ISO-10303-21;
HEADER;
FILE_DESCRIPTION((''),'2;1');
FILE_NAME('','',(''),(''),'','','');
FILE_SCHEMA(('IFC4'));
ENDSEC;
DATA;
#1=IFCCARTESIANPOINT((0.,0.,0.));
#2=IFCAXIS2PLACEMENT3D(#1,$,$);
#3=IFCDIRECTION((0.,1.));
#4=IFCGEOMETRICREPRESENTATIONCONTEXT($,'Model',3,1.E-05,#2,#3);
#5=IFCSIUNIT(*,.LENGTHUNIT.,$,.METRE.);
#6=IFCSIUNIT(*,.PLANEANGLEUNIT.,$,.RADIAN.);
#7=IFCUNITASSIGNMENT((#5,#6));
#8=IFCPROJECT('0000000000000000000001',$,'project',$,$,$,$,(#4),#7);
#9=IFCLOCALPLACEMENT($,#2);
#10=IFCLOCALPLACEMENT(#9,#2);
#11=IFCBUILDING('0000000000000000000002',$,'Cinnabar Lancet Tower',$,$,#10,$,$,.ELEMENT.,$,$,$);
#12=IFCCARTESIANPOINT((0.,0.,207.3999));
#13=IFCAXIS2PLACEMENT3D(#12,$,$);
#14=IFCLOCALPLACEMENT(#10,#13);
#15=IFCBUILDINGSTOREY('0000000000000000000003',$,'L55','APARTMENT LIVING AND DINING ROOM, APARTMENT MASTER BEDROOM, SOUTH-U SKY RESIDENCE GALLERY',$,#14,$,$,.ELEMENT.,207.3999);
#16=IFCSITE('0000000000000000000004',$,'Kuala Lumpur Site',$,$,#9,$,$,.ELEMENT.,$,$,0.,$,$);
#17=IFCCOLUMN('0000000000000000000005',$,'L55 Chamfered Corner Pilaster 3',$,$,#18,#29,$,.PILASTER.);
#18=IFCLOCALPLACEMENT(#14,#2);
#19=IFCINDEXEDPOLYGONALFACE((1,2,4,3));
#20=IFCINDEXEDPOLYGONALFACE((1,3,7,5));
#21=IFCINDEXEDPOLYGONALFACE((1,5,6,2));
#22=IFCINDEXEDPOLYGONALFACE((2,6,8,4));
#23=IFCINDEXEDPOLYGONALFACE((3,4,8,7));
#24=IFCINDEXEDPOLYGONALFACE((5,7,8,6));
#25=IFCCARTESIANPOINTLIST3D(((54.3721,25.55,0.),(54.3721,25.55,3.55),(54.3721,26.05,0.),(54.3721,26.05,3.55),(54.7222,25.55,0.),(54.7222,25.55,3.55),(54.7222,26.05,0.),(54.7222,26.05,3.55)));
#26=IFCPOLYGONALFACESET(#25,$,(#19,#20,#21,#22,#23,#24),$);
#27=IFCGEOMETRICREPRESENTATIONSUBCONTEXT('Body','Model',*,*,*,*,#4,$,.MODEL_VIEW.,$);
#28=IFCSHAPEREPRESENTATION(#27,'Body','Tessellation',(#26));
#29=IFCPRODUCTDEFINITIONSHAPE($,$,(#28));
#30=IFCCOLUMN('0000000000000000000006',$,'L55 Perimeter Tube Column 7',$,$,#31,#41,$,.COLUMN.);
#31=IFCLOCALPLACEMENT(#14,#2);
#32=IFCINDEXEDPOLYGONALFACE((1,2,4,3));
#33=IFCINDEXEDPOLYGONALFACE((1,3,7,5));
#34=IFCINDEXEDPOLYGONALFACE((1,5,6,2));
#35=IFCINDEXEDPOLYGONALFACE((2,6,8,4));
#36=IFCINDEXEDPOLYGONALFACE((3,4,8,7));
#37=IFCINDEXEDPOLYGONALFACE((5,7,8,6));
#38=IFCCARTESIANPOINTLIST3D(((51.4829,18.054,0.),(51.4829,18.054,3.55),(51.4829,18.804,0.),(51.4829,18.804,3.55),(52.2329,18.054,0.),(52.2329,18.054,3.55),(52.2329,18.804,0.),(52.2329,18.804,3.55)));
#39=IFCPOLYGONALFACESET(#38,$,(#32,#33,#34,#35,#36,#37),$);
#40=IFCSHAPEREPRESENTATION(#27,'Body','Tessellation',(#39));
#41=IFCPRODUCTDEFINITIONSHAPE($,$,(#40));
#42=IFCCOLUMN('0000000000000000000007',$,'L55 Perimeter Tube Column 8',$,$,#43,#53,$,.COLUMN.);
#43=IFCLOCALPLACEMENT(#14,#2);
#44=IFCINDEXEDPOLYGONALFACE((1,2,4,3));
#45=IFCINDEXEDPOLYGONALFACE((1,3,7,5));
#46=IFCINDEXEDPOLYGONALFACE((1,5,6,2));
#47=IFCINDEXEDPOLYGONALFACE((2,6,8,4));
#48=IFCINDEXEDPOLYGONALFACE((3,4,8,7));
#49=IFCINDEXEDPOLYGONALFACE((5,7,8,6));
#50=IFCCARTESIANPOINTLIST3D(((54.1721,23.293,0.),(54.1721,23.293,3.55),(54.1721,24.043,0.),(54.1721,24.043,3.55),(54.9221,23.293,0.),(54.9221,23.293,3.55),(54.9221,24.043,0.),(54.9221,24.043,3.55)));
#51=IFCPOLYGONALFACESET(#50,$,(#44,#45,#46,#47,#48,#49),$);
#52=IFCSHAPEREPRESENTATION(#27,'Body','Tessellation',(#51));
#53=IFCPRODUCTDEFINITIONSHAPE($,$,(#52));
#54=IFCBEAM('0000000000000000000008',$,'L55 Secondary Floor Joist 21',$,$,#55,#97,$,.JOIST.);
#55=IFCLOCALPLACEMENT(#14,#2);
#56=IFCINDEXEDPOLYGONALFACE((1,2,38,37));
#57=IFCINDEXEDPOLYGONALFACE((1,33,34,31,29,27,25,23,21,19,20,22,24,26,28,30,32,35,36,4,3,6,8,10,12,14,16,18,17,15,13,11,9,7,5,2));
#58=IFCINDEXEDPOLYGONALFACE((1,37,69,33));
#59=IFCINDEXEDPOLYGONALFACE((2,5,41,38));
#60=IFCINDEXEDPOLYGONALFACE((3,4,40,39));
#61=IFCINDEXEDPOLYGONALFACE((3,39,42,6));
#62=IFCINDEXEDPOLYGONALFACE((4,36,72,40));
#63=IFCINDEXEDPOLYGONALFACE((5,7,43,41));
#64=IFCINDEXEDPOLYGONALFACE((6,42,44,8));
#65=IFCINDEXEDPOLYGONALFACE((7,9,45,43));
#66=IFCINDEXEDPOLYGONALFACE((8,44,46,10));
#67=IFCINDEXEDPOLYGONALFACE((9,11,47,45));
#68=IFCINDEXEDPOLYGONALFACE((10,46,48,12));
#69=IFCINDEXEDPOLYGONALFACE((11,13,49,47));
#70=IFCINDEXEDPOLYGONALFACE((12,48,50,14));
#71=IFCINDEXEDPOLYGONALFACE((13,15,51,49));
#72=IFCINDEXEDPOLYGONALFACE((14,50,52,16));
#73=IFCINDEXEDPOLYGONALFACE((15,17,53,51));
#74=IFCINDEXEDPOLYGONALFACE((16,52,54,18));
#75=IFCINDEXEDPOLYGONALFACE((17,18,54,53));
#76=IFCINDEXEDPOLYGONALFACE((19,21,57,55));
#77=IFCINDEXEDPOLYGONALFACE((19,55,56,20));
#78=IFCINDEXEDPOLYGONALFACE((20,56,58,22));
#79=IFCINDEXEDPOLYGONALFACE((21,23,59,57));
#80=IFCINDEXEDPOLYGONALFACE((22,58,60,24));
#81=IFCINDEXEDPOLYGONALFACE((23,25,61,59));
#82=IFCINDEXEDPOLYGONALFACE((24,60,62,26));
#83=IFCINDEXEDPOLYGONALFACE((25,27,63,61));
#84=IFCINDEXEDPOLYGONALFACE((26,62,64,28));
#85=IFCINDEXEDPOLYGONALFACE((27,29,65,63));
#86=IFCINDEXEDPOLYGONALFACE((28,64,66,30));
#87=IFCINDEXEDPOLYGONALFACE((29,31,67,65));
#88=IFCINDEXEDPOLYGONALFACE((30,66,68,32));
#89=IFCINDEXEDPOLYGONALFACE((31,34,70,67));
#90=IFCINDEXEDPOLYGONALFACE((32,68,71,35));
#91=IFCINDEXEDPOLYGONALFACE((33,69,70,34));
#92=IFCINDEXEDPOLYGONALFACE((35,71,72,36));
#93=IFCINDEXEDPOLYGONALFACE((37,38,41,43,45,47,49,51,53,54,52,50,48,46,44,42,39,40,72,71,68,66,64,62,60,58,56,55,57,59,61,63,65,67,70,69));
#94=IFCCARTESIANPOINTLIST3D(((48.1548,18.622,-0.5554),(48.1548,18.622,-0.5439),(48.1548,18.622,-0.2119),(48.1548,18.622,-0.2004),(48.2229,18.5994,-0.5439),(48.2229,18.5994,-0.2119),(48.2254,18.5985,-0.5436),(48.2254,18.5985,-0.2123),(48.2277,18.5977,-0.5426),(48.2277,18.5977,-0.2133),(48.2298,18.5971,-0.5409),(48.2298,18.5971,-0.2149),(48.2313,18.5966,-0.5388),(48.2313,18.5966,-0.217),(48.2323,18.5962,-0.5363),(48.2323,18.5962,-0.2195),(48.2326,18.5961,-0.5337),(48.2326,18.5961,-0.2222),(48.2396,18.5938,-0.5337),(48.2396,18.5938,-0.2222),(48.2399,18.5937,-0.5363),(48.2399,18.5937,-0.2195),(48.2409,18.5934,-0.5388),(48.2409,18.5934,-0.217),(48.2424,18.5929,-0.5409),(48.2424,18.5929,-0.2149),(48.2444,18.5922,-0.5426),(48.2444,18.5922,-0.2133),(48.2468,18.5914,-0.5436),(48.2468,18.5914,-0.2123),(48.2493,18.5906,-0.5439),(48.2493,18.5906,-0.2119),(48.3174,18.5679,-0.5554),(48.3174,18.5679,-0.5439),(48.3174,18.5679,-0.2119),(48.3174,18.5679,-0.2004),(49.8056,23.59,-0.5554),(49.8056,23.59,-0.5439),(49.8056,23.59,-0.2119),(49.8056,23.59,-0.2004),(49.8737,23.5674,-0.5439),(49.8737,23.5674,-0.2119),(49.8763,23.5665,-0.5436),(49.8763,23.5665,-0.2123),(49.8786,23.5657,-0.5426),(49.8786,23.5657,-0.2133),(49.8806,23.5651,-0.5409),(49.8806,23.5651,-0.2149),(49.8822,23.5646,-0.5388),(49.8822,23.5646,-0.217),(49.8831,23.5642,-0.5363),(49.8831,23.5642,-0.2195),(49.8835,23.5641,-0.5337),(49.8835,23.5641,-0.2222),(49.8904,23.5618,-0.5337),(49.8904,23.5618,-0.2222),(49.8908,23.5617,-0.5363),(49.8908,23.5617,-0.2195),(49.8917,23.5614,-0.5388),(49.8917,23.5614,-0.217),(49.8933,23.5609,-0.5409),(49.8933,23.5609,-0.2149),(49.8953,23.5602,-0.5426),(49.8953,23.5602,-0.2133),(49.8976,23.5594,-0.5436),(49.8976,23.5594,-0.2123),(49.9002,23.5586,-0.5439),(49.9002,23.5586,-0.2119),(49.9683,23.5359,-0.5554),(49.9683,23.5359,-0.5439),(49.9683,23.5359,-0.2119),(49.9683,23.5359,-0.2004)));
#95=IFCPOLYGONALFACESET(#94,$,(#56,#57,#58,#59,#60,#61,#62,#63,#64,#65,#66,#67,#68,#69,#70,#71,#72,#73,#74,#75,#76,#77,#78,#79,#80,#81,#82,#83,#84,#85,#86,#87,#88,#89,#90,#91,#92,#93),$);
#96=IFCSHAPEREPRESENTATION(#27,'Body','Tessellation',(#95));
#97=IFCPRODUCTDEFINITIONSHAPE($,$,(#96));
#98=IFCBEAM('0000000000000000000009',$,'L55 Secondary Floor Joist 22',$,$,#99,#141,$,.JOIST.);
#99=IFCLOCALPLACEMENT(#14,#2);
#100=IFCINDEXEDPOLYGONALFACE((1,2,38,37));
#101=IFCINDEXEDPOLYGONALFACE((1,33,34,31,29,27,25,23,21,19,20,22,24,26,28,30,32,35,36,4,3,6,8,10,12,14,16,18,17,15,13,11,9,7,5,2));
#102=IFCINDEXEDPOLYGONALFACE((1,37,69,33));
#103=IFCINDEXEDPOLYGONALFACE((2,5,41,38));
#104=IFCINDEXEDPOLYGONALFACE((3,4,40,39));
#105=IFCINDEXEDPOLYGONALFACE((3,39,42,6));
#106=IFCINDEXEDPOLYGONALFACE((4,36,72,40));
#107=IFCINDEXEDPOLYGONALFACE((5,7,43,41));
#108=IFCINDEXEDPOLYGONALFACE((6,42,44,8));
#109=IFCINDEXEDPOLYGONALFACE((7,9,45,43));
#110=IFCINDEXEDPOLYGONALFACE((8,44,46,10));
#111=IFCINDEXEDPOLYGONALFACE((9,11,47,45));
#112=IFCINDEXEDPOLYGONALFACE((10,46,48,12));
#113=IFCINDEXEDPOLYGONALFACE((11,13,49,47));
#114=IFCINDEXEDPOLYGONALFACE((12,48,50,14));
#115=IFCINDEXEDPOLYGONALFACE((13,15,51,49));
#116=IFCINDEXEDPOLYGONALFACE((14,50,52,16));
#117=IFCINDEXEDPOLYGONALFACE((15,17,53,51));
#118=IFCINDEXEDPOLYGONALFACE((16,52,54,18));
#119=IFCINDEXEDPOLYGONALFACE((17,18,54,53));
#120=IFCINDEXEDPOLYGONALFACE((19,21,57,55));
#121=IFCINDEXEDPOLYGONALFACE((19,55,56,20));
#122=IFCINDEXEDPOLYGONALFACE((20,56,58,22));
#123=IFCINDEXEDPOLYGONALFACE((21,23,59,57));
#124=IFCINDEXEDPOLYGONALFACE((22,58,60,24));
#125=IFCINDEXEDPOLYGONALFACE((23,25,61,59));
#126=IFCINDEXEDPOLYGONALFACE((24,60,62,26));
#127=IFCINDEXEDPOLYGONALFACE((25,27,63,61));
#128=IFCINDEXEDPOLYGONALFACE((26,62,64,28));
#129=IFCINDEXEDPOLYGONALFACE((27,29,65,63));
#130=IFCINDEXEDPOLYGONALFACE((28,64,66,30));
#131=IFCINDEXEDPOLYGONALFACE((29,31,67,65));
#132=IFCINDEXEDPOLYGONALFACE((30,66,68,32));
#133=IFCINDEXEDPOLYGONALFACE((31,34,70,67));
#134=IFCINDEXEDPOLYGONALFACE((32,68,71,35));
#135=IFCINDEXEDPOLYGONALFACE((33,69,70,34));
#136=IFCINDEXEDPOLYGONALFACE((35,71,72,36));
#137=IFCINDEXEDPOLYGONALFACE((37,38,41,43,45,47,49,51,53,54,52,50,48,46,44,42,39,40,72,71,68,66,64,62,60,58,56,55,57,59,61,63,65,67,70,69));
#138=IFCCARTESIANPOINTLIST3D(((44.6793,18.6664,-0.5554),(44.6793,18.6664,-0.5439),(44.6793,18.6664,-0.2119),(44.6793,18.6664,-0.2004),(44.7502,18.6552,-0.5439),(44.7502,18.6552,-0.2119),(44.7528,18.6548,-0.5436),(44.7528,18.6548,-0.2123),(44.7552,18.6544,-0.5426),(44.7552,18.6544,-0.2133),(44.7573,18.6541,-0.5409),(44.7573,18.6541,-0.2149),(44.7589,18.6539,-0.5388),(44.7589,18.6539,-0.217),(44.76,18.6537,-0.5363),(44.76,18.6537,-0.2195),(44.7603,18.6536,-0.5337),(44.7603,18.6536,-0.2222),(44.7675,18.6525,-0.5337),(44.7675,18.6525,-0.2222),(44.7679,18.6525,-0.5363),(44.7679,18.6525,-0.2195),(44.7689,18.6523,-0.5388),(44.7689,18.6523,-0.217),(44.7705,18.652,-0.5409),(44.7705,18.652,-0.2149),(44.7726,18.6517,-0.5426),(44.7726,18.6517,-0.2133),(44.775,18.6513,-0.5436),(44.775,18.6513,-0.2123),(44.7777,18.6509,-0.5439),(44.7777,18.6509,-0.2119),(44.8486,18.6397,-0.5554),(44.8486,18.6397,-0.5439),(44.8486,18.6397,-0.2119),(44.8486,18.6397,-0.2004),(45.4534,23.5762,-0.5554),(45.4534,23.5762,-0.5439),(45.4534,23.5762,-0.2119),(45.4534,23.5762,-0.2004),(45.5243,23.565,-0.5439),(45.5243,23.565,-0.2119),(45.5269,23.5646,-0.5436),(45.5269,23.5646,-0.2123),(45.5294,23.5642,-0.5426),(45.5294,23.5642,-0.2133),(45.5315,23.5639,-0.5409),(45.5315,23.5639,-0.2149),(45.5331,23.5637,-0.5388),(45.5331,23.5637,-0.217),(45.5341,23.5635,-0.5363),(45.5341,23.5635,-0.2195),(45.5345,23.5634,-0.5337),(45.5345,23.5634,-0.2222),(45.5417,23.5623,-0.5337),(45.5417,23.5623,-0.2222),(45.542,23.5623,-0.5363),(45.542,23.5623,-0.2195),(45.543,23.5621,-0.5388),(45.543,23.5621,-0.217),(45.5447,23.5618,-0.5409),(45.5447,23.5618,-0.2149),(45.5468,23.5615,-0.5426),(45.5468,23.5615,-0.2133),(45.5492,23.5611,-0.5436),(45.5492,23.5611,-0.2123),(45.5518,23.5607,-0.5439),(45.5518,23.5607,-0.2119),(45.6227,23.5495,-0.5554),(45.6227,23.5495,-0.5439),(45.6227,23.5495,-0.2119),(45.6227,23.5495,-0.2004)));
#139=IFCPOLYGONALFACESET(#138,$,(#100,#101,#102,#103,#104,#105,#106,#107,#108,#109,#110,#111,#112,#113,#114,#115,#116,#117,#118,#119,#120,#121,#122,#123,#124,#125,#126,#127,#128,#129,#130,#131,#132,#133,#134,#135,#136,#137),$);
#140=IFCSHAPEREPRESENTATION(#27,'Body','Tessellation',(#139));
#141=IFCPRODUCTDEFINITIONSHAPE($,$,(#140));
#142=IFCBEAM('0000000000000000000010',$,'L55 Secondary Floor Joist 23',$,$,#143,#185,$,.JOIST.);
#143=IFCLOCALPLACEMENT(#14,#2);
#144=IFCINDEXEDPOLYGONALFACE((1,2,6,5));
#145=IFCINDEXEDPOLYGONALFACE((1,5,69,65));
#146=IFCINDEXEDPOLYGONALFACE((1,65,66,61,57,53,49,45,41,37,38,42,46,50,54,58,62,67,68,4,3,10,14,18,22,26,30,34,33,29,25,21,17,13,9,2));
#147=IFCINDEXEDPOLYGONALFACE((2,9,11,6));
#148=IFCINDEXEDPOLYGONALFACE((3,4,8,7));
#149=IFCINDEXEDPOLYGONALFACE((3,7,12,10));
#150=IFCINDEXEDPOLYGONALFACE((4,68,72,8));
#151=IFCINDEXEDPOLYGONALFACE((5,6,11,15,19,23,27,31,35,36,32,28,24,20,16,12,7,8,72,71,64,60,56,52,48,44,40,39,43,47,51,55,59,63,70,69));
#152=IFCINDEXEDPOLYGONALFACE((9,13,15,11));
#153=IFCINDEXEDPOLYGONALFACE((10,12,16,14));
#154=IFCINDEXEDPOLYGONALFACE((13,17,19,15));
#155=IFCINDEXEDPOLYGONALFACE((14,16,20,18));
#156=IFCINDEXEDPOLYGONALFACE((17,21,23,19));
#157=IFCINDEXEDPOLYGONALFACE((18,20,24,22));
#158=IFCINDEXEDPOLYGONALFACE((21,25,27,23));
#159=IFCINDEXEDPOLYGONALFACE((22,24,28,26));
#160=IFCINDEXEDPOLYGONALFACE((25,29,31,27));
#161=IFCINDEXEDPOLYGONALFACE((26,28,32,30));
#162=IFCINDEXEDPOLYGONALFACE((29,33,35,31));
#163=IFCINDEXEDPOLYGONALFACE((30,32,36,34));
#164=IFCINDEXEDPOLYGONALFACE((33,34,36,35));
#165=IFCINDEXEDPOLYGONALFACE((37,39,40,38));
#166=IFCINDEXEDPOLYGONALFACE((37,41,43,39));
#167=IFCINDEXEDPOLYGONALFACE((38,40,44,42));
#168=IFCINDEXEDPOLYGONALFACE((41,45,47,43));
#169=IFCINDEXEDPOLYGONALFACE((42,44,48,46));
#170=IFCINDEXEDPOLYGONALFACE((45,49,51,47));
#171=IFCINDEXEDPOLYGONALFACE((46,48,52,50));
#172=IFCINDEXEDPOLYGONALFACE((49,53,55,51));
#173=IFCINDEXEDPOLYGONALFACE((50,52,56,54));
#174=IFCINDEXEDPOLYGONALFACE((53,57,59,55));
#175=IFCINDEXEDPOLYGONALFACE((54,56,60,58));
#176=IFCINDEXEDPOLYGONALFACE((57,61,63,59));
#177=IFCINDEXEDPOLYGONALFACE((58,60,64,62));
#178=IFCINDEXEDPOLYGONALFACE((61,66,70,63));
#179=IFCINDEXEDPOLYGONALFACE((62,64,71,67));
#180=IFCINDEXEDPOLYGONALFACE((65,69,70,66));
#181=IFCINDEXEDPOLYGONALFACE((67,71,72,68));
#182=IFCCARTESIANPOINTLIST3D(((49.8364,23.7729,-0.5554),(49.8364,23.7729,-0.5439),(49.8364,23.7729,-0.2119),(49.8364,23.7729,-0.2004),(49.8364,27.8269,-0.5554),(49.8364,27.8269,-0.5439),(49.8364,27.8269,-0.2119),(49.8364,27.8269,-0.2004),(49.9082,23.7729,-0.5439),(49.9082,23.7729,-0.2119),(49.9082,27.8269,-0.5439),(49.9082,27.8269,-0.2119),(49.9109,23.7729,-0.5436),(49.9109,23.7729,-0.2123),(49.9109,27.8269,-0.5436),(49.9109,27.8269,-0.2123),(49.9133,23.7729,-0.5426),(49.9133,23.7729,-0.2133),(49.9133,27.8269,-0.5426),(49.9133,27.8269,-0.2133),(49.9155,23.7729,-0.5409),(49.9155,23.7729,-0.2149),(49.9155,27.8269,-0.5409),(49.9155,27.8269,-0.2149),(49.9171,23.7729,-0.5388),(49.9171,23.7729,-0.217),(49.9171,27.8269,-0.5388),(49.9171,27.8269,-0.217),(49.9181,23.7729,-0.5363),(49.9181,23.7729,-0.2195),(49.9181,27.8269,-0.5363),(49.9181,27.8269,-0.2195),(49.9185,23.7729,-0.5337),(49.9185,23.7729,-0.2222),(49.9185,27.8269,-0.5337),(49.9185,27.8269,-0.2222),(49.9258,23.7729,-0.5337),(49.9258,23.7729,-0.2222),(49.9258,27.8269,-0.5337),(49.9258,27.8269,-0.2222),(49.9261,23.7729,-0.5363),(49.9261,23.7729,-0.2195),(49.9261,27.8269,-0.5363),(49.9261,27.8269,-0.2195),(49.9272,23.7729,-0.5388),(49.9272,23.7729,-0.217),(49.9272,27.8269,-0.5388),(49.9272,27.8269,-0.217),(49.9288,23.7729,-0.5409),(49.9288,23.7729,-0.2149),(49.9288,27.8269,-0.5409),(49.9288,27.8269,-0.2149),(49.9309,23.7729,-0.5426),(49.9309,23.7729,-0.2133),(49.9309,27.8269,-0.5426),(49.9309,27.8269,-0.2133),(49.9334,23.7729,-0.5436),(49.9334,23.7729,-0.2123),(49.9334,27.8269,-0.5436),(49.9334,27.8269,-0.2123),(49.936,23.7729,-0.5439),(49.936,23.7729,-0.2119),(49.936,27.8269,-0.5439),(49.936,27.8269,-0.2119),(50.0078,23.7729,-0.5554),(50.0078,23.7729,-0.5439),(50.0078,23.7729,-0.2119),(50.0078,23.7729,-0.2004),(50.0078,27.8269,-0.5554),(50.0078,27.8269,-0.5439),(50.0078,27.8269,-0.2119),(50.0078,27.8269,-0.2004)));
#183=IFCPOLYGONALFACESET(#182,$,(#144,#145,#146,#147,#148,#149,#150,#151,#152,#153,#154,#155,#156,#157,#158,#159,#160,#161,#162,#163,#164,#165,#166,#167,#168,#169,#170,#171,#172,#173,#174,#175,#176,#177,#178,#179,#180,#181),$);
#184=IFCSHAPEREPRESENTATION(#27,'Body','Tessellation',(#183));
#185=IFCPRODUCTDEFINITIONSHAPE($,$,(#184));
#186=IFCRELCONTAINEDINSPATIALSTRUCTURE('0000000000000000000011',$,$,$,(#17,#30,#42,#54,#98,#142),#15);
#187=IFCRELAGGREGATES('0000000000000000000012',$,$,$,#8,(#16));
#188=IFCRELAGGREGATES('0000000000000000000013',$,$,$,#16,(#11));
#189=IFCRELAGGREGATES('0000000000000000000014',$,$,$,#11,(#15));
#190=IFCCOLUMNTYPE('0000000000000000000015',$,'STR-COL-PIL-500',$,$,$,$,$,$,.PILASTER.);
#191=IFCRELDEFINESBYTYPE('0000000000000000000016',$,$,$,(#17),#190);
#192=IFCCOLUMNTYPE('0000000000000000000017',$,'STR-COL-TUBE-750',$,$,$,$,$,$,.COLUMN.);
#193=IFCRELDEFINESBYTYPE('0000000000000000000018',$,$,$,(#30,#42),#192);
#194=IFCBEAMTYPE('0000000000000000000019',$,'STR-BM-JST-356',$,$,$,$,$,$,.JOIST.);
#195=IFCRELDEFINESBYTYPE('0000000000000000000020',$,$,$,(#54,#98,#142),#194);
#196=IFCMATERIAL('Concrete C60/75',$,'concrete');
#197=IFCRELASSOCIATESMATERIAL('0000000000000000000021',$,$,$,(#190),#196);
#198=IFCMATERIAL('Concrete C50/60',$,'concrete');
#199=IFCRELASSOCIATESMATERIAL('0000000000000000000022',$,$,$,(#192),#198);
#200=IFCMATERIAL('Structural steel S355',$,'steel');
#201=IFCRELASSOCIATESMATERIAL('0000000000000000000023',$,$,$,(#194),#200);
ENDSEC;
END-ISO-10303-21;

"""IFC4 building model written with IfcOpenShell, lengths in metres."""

from ifc_helpers import new_model, si_unit, direction, frame, origin, origin_2d, place, context, subcontext, project, spatial, rectangle, i_section, extrude, material, material_profile, profile_set, type_object, element, save


model = new_model("IFC4")

# Units and contexts
model_context = context("Model", 3, precision=1e-05, world=origin(), true_north=direction((0.0, 1.0)))
body_context = subcontext(model_context, "Body", "Model", "MODEL_VIEW")
ifc_project = project(units=[si_unit("LENGTHUNIT", "METRE"), si_unit("PLANEANGLEUNIT", "RADIAN")], contexts=[model_context])

# Site, building, storey
site_placement = place(None, origin())
site = spatial("IfcSite", under=ifc_project, at=site_placement, Name="Kuala Lumpur Site", CompositionType="ELEMENT", RefElevation=0.0)
building_placement = place(site_placement, origin())
building = spatial("IfcBuilding", under=site, at=building_placement, Name="Cinnabar Lancet Tower", CompositionType="ELEMENT")
storey_placement = place(building_placement, frame((0.0, 0.0, 207.3999)))
storey = spatial("IfcBuildingStorey", under=building, at=storey_placement, Name="L55", Description="APARTMENT LIVING AND DINING ROOM, APARTMENT MASTER BEDROOM, SOUTH-U SKY RESIDENCE GALLERY", CompositionType="ELEMENT", Elevation=207.3999)

# Columns
ifc_material_1 = material(Name="Concrete C60/75", Category="concrete")
ifc_material_profile_1 = material_profile(ifc_material_1, rectangle(XDim=0.5, YDim=0.3501, at=origin_2d()), Name="RC-PIL 500x350")
ifc_profile_set_1 = profile_set([ifc_material_profile_1], Name="Concrete C60/75")
column_type_1 = type_object("IfcColumnType", Name="STR-COL-PIL-500", PredefinedType="PILASTER", material=ifc_profile_set_1)
column_placement = place(storey_placement, frame((54.5471, 25.8, 0.0), z_axis=(0.0, 0.0, 1.0), x_axis=(0.0, 1.0, 0.0)))
element("IfcColumn", 1, at=column_placement, inside=storey, type_object=column_type_1, Name="L55 Chamfered Corner Pilaster 3", PredefinedType="PILASTER", context=body_context, shape_type="SweptSolid", body=[
    extrude(rectangle(XDim=0.5, YDim=0.3501, at=origin_2d()), origin(), (0.0, 0.0, 1.0), 3.55),
])
ifc_material_2 = material(Name="Concrete C50/60", Category="concrete")
ifc_material_profile_2 = material_profile(ifc_material_2, rectangle(XDim=0.75, YDim=0.75, at=origin_2d()), Name="RC-COL 750x750")
ifc_profile_set_2 = profile_set([ifc_material_profile_2], Name="Concrete C50/60")
column_type_2 = type_object("IfcColumnType", Name="STR-COL-TUBE-750", PredefinedType="COLUMN", material=ifc_profile_set_2)
for number, where, z_axis, x_axis, name in (
    (2, (51.8579, 18.429, 0.0), (0.0, 0.0, 1.0), (1.0, 0.0, 0.0), "L55 Perimeter Tube Column 7"),
    (3, (54.5471, 23.668, 0.0), (0.0, 0.0, 1.0), (1.0, 0.0, 0.0), "L55 Perimeter Tube Column 8"),
):
    element("IfcColumn", number, at=place(storey_placement, frame(where, z_axis=z_axis, x_axis=x_axis)), inside=storey, type_object=column_type_2, Name=name, PredefinedType="COLUMN", context=body_context, shape_type="SweptSolid", body=[
        extrude(rectangle(XDim=0.75, YDim=0.75, at=origin_2d()), origin(), (0.0, 0.0, 1.0), 3.55),
    ])

# Beams
ifc_material_3 = material(Name="Structural steel S355", Category="steel")
ifc_material_profile_3 = material_profile(ifc_material_3, i_section(OverallWidth=0.1714, OverallDepth=0.355, WebThickness=0.0073, FlangeThickness=0.0115, FilletRadius=0.0103, at=origin_2d()), Name="UKB 356x171x51")
ifc_profile_set_3 = profile_set([ifc_material_profile_3], Name="Structural steel S355")
beam_type_1 = type_object("IfcBeamType", Name="STR-BM-JST-356", PredefinedType="JOIST", material=ifc_profile_set_3)
beam_1_placement = place(storey_placement, frame((48.2361, 18.595, -0.3779), z_axis=(0.315346, 0.948977, 0.0), x_axis=(-0.948977, 0.315346, 0.0)))
element("IfcBeam", 4, at=beam_1_placement, inside=storey, type_object=beam_type_1, Name="L55 Secondary Floor Joist 21", PredefinedType="JOIST", context=body_context, shape_type="SweptSolid", body=[
    extrude(i_section(OverallWidth=0.1714, OverallDepth=0.355, WebThickness=0.0073, FlangeThickness=0.0115, FilletRadius=0.0103, at=origin_2d()), origin(), (0.0, 0.0, 1.0), 5.2351),
])
beam_2_placement = place(storey_placement, frame((44.7639, 18.6531, -0.3779), z_axis=(0.155751, 0.987796, 0.0), x_axis=(-0.987796, 0.155751, 0.0)))
element("IfcBeam", 5, at=beam_2_placement, inside=storey, type_object=beam_type_1, Name="L55 Secondary Floor Joist 22", PredefinedType="JOIST", context=body_context, shape_type="SweptSolid", body=[
    extrude(i_section(OverallWidth=0.1714, OverallDepth=0.355, WebThickness=0.0073, FlangeThickness=0.0115, FilletRadius=0.0103, at=origin_2d()), origin(), (0.0, 0.0, 1.0), 4.9705),
])
for number, where, z_axis, x_axis, name in (
    (6, (49.9221, 23.7729, -0.3779), (0.0, 1.0, 0.0), (-1.0, 0.0, 0.0), "L55 Secondary Floor Joist 23"),
):
    element("IfcBeam", number, at=place(storey_placement, frame(where, z_axis=z_axis, x_axis=x_axis)), inside=storey, type_object=beam_type_1, Name=name, PredefinedType="JOIST", context=body_context, shape_type="SweptSolid", body=[
        extrude(i_section(OverallWidth=0.1714, OverallDepth=0.355, WebThickness=0.0073, FlangeThickness=0.0115, FilletRadius=0.0103, at=origin_2d()), origin(), (0.0, 0.0, 1.0), 4.054),
    ])

save(model, "model.ifc")
